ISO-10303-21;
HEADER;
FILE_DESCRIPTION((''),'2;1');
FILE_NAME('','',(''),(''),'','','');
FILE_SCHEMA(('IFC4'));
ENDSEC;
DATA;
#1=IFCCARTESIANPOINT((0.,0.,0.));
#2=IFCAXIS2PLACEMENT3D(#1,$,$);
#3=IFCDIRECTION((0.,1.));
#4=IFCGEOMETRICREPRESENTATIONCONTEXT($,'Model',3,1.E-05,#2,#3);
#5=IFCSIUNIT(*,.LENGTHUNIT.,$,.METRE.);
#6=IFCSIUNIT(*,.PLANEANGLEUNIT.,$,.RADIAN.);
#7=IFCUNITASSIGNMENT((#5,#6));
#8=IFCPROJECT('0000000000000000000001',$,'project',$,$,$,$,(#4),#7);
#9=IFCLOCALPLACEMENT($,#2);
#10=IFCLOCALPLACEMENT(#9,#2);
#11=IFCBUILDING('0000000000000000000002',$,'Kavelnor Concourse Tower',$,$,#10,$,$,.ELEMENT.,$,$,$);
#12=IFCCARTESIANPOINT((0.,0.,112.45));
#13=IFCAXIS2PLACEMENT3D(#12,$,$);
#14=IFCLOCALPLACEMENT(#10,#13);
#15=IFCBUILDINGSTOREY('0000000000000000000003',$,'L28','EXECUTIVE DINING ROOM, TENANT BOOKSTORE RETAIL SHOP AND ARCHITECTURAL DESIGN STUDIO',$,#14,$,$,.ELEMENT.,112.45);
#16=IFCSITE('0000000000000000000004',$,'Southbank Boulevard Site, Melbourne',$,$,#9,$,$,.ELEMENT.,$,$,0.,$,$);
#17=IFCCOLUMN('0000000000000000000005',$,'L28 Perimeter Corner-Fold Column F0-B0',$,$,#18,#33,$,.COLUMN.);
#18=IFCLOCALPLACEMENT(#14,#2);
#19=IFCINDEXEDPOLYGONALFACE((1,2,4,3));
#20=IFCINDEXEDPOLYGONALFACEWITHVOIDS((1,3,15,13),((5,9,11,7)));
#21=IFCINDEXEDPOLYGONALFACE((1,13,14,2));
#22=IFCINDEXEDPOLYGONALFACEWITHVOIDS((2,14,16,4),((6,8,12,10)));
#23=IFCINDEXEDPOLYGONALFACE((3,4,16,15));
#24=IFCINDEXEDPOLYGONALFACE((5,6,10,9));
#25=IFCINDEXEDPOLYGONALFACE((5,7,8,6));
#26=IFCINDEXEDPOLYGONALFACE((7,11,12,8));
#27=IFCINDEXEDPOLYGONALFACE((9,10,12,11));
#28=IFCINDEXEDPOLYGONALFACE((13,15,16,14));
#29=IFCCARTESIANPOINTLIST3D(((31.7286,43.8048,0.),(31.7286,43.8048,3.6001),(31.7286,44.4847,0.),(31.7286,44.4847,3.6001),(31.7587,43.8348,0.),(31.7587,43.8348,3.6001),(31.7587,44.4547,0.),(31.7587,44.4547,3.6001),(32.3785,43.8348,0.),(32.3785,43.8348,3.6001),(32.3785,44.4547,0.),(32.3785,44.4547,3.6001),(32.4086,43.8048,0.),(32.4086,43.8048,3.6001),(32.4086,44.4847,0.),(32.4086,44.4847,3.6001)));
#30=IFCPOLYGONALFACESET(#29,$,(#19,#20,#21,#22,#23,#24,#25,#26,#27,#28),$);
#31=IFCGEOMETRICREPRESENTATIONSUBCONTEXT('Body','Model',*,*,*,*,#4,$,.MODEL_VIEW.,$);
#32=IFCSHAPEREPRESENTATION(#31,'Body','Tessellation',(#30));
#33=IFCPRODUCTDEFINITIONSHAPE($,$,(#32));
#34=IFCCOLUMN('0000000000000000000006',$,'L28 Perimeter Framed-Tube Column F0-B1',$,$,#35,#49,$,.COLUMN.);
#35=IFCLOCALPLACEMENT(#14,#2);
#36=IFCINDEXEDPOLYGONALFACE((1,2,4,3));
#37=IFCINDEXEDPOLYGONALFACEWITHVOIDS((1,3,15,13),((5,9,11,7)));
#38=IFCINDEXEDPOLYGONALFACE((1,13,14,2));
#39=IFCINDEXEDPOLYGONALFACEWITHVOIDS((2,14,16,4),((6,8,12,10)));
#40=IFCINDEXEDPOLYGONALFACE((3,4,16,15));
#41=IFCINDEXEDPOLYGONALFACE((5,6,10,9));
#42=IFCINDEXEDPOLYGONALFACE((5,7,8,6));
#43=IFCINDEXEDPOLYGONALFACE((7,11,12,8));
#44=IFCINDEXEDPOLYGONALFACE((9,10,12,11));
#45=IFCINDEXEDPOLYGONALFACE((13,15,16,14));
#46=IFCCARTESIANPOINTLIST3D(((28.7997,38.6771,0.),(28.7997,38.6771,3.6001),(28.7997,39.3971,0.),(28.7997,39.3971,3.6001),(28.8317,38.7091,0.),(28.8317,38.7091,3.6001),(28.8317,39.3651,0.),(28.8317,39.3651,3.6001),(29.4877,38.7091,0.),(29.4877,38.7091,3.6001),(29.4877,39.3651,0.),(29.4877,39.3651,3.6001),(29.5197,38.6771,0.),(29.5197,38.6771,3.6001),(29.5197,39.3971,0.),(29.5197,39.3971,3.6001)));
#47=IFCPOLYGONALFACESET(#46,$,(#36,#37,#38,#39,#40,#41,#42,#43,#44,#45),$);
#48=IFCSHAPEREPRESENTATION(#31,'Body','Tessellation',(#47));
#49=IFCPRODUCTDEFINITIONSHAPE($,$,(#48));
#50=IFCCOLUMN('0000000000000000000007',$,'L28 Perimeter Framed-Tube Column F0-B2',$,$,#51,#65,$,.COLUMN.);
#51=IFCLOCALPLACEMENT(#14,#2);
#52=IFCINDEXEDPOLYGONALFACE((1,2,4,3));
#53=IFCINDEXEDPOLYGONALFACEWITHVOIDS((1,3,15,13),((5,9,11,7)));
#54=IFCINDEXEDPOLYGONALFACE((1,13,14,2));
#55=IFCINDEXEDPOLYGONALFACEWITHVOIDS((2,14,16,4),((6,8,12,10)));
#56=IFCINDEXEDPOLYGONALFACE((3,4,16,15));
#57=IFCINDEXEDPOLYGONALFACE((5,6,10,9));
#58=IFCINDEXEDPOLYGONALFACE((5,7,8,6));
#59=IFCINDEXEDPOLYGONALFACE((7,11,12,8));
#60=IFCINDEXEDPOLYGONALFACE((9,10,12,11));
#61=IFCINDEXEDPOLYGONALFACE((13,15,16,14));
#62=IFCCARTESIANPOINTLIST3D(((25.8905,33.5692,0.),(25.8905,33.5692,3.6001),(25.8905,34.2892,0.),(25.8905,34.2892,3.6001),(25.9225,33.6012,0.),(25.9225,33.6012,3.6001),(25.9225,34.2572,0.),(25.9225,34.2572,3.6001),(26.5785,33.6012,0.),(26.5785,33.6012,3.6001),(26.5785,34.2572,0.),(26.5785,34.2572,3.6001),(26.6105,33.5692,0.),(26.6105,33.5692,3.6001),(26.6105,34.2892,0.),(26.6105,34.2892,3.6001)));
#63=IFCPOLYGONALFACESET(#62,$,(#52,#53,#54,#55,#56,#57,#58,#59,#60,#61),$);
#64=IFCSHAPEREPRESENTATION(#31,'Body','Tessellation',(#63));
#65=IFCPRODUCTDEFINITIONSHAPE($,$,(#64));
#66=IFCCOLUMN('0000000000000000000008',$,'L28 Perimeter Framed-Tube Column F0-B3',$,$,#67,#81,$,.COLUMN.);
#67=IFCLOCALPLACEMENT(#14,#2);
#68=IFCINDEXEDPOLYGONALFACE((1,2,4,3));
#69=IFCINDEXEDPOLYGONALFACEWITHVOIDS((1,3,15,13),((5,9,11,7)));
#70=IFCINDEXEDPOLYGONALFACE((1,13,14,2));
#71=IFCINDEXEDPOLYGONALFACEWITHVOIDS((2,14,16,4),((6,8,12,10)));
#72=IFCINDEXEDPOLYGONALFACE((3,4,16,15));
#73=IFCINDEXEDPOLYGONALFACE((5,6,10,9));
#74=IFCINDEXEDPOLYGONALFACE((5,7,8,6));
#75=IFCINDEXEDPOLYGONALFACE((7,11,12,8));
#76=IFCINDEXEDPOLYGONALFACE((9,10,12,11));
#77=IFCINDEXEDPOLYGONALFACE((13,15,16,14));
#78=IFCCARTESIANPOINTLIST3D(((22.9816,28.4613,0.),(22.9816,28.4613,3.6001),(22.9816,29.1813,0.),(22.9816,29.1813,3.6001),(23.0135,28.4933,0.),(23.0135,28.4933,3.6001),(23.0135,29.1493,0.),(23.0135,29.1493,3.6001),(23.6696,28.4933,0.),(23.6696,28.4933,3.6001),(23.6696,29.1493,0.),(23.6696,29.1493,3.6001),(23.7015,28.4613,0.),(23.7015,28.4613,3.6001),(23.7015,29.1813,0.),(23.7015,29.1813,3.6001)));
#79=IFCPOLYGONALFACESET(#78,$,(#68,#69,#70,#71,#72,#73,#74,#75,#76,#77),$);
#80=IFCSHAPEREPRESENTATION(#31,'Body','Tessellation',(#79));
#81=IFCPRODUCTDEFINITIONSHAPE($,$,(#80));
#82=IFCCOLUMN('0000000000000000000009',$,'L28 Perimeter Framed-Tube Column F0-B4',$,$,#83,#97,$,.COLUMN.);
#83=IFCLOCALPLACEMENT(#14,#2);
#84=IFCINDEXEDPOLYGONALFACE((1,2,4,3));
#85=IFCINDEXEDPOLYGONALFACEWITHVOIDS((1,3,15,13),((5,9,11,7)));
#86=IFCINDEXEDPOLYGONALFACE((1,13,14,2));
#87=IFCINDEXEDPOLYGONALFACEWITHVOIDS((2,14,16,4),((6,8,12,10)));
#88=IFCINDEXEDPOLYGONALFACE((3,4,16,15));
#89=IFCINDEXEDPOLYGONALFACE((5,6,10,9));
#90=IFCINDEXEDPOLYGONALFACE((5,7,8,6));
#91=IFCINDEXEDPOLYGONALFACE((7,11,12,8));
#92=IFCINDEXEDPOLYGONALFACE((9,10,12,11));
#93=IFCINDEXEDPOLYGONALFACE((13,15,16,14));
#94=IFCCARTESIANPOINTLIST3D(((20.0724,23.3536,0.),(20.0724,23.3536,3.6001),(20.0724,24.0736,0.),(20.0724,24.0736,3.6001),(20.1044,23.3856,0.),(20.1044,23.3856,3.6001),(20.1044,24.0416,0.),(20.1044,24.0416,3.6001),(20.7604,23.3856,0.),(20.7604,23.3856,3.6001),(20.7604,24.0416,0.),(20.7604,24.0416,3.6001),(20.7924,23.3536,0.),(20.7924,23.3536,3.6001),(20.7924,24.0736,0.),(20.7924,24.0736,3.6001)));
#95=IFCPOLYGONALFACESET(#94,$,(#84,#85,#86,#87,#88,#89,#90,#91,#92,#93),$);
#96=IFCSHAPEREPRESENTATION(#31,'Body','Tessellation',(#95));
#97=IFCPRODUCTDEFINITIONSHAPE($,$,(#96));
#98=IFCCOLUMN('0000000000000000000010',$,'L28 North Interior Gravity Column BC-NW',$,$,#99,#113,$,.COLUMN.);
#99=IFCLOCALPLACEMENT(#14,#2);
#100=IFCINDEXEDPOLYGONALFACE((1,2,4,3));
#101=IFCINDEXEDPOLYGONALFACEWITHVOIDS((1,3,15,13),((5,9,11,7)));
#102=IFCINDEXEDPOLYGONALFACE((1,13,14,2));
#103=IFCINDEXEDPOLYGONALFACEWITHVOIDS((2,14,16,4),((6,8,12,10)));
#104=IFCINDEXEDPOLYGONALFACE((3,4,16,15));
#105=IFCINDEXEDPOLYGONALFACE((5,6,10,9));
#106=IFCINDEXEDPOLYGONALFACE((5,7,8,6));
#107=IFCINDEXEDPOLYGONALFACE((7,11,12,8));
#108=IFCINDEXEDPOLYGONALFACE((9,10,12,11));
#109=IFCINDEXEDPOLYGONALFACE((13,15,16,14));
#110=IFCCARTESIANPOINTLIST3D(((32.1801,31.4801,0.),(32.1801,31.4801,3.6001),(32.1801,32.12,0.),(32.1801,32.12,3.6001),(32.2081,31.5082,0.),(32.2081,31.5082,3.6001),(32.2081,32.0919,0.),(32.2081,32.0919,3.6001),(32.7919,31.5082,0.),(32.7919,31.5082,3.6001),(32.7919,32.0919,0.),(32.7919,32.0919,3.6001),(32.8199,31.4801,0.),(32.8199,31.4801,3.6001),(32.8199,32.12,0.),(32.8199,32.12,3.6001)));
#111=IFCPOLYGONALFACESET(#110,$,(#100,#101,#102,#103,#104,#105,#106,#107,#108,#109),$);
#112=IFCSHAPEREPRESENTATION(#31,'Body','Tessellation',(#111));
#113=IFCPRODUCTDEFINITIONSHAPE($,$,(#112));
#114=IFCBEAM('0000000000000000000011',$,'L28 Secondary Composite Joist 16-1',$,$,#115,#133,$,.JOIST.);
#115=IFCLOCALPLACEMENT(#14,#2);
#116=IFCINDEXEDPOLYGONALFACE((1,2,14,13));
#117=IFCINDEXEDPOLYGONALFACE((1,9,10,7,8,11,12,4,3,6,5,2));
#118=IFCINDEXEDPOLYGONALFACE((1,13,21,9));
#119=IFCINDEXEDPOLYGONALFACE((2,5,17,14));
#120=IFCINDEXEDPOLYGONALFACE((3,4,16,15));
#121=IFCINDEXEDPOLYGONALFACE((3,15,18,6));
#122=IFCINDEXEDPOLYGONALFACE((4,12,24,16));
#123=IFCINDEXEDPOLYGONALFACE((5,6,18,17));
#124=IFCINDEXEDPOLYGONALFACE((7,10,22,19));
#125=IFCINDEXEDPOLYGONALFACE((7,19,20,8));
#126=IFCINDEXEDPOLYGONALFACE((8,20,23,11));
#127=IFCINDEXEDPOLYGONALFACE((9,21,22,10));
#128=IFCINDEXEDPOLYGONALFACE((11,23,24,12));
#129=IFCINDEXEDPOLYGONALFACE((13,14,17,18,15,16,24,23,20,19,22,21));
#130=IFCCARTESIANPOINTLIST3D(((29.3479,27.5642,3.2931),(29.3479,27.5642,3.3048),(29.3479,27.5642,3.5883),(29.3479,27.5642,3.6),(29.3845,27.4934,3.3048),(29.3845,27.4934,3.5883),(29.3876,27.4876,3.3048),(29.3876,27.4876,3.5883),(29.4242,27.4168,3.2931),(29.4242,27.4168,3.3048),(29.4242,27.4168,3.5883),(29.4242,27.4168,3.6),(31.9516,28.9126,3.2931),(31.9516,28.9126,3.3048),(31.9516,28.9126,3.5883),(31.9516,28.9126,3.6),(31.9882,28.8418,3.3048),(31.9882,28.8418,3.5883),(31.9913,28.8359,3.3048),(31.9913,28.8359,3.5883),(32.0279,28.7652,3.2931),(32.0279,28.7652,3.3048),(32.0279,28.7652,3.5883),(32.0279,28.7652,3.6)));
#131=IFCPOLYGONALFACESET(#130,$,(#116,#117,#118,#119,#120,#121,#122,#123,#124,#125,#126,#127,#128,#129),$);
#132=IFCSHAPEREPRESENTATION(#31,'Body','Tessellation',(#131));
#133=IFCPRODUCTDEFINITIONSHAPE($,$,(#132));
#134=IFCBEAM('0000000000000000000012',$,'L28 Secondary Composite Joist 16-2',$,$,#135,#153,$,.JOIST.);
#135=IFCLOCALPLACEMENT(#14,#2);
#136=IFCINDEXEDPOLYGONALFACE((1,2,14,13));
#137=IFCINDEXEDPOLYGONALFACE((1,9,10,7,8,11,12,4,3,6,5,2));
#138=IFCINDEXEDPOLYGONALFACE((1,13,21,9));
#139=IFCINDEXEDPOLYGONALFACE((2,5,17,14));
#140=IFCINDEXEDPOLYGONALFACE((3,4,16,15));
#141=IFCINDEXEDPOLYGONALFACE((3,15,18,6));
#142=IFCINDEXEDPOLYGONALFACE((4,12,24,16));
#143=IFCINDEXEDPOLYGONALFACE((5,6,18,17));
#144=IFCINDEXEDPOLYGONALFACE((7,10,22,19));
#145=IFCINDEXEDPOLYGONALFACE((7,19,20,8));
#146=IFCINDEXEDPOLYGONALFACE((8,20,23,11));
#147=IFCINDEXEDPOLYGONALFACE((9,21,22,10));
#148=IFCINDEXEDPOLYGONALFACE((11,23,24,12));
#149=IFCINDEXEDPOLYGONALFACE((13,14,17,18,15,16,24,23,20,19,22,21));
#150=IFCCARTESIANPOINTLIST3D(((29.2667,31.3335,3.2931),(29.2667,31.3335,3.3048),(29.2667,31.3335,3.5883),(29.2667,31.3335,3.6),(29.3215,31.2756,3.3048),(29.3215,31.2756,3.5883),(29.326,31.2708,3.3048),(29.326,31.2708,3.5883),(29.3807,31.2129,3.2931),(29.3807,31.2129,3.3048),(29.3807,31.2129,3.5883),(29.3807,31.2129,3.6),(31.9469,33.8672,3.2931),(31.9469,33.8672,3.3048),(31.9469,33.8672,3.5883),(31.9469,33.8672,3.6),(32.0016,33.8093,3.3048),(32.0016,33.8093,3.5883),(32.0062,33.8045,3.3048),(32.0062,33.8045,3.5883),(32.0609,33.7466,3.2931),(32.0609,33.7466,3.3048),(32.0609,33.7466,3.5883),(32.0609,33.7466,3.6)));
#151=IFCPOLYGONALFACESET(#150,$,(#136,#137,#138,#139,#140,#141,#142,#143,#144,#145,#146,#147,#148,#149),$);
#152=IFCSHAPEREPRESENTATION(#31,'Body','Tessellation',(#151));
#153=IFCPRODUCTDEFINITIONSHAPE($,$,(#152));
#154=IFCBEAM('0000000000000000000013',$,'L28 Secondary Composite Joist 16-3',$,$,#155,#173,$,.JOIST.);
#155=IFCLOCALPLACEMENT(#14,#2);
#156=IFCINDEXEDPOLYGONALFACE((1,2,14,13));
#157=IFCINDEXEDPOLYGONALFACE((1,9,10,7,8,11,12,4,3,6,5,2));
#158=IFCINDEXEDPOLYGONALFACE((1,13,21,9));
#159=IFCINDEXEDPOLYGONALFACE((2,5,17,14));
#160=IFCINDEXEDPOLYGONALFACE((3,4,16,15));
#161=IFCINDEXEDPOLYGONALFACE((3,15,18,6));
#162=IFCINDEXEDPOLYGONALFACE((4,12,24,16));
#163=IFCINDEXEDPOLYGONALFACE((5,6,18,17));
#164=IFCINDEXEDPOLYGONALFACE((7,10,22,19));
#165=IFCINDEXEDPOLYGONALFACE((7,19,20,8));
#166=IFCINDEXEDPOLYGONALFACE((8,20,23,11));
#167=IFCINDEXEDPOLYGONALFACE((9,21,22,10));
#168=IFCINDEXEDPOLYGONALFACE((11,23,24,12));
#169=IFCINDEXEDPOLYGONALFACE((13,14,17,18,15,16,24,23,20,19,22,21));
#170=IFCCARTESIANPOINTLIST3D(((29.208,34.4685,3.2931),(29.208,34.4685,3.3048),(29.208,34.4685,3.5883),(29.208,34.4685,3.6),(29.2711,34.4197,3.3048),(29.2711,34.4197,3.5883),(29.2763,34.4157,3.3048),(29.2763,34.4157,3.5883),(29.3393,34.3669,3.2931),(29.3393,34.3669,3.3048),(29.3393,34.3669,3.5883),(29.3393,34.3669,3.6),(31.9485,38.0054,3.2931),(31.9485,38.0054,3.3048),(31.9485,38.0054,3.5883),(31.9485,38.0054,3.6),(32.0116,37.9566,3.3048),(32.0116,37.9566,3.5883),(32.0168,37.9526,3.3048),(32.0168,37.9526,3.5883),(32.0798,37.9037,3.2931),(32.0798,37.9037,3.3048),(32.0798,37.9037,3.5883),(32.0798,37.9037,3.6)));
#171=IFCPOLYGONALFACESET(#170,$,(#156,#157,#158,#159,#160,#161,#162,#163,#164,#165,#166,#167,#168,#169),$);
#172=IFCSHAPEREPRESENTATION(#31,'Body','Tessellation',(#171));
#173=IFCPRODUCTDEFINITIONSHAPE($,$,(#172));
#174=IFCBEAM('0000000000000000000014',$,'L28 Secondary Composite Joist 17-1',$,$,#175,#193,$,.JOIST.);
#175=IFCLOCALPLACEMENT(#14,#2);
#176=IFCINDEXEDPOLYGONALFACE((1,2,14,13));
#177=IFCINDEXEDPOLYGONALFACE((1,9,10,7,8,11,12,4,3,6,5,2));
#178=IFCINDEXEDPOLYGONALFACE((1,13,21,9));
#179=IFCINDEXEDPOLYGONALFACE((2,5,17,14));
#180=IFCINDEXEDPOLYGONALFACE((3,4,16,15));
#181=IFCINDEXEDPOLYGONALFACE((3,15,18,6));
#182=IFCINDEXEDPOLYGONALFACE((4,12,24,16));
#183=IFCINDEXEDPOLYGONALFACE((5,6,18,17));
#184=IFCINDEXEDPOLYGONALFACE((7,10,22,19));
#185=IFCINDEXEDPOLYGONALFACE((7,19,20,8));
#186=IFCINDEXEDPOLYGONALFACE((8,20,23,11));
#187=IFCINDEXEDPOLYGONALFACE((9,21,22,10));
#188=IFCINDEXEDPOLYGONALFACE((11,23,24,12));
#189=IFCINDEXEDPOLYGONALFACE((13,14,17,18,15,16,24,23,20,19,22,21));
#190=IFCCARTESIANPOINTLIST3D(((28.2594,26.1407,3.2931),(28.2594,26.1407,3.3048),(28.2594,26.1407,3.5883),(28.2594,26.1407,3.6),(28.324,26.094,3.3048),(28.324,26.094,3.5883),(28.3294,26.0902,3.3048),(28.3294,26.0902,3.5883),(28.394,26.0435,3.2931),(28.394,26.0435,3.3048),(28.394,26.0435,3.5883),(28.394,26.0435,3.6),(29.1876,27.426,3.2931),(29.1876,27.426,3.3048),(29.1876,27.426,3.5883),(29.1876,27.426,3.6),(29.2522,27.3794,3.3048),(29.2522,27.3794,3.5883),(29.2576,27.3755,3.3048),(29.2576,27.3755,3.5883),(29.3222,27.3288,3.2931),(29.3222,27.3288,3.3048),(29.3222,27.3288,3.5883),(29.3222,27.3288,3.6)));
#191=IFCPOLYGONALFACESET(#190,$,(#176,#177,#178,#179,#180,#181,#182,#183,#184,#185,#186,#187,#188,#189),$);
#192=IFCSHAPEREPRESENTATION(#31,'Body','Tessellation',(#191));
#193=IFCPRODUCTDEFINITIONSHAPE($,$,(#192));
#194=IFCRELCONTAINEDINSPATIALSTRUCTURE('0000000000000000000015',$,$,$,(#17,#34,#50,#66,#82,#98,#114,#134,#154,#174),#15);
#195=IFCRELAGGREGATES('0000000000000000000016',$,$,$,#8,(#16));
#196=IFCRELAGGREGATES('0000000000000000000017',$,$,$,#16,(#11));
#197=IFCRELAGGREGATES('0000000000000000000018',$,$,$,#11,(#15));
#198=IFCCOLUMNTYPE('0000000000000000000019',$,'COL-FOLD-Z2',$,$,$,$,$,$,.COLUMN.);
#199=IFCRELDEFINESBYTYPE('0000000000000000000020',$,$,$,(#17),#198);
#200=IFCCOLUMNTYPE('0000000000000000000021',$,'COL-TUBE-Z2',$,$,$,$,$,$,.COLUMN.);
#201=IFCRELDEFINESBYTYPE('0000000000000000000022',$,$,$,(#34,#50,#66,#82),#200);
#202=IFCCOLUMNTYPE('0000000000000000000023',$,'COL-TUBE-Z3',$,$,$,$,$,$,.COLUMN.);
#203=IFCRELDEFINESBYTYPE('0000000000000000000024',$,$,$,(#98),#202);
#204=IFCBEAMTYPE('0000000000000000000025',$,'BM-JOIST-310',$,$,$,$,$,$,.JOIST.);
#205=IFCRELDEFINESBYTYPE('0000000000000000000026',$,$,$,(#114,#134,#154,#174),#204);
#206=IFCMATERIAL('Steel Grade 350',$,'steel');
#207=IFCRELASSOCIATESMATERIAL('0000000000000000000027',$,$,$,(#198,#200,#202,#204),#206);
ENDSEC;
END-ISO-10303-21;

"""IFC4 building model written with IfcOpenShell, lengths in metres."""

from ifc_helpers import new_model, si_unit, direction, frame, origin, origin_2d, place, context, subcontext, project, spatial, hollow_rectangle, i_section, extrude, material, material_profile, profile_set, type_object, element, save


model = new_model("IFC4")

# Units and contexts
model_context = context("Model", 3, precision=1e-05, world=origin(), true_north=direction((0.0, 1.0)))
body_context = subcontext(model_context, "Body", "Model", "MODEL_VIEW")
ifc_project = project(units=[si_unit("LENGTHUNIT", "METRE"), si_unit("PLANEANGLEUNIT", "RADIAN")], contexts=[model_context])

# Site, building, storey
site_placement = place(None, origin())
site = spatial("IfcSite", under=ifc_project, at=site_placement, Name="Southbank Boulevard Site, Melbourne", CompositionType="ELEMENT", RefElevation=0.0)
building_placement = place(site_placement, origin())
building = spatial("IfcBuilding", under=site, at=building_placement, Name="Kavelnor Concourse Tower", CompositionType="ELEMENT")
storey_placement = place(building_placement, frame((0.0, 0.0, 112.45)))
storey = spatial("IfcBuildingStorey", under=building, at=storey_placement, Name="L28", Description="EXECUTIVE DINING ROOM, TENANT BOOKSTORE RETAIL SHOP AND ARCHITECTURAL DESIGN STUDIO", CompositionType="ELEMENT", Elevation=112.45)

# Columns
ifc_material_1 = material(Name="Steel Grade 350", Category="steel")
ifc_material_profile_1 = material_profile(ifc_material_1, hollow_rectangle(XDim=0.6799, YDim=0.6799, WallThickness=0.03, at=origin_2d()), Name="SHS 680x680x30")
ifc_profile_set_1 = profile_set([ifc_material_profile_1], Name="Steel Grade 350")
column_type_1 = type_object("IfcColumnType", Name="COL-FOLD-Z2", PredefinedType="COLUMN", material=ifc_profile_set_1)
column_1_placement = place(storey_placement, frame((32.0686, 44.1448, 0.0), z_axis=(0.0, 0.0, 1.0), x_axis=(1.0, 0.0, 0.0)))
element("IfcColumn", 1, at=column_1_placement, inside=storey, type_object=column_type_1, Name="L28 Perimeter Corner-Fold Column F0-B0", PredefinedType="COLUMN", context=body_context, shape_type="SweptSolid", body=[
    extrude(hollow_rectangle(XDim=0.6799, YDim=0.6799, WallThickness=0.03, at=origin_2d()), origin(), (0.0, 0.0, 1.0), 3.6001),
])
ifc_material_profile_2 = material_profile(ifc_material_1, hollow_rectangle(XDim=0.72, YDim=0.72, WallThickness=0.032, at=origin_2d()), Name="SHS 720x720x32")
ifc_profile_set_2 = profile_set([ifc_material_profile_2], Name="Steel Grade 350")
column_type_2 = type_object("IfcColumnType", Name="COL-TUBE-Z2", PredefinedType="COLUMN", material=ifc_profile_set_2)
for number, where, z_axis, x_axis, name in (
    (2, (29.1597, 39.0371, 0.0), (0.0, 0.0, 1.0), (1.0, 0.0, 0.0), "L28 Perimeter Framed-Tube Column F0-B1"),
    (3, (26.2505, 33.9292, 0.0), (0.0, 0.0, 1.0), (1.0, 0.0, 0.0), "L28 Perimeter Framed-Tube Column F0-B2"),
    (4, (23.3416, 28.8213, 0.0), (0.0, 0.0, 1.0), (1.0, 0.0, 0.0), "L28 Perimeter Framed-Tube Column F0-B3"),
    (5, (20.4324, 23.7136, 0.0), (0.0, 0.0, 1.0), (1.0, 0.0, 0.0), "L28 Perimeter Framed-Tube Column F0-B4"),
):
    element("IfcColumn", number, at=place(storey_placement, frame(where, z_axis=z_axis, x_axis=x_axis)), inside=storey, type_object=column_type_2, Name=name, PredefinedType="COLUMN", context=body_context, shape_type="SweptSolid", body=[
        extrude(hollow_rectangle(XDim=0.72, YDim=0.72, WallThickness=0.032, at=origin_2d()), origin(), (0.0, 0.0, 1.0), 3.6001),
    ])
ifc_material_profile_3 = material_profile(ifc_material_1, hollow_rectangle(XDim=0.6399, YDim=0.6399, WallThickness=0.0281, at=origin_2d()), Name="SHS 640x640x28")
ifc_profile_set_3 = profile_set([ifc_material_profile_3], Name="Steel Grade 350")
column_type_3 = type_object("IfcColumnType", Name="COL-TUBE-Z3", PredefinedType="COLUMN", material=ifc_profile_set_3)
column_2_placement = place(storey_placement, frame((32.5, 31.8, 0.0), z_axis=(0.0, 0.0, 1.0), x_axis=(1.0, 0.0, 0.0)))
element("IfcColumn", 6, at=column_2_placement, inside=storey, type_object=column_type_3, Name="L28 North Interior Gravity Column BC-NW", PredefinedType="COLUMN", context=body_context, shape_type="SweptSolid", body=[
    extrude(hollow_rectangle(XDim=0.6399, YDim=0.6399, WallThickness=0.0281, at=origin_2d()), origin(), (0.0, 0.0, 1.0), 3.6001),
])

# Beams
ifc_material_profile_4 = material_profile(ifc_material_1, i_section(OverallWidth=0.166, OverallDepth=0.3069, WebThickness=0.0066, FlangeThickness=0.0117, at=origin_2d()), Name="310UB46")
ifc_profile_set_4 = profile_set([ifc_material_profile_4], Name="Steel Grade 350")
beam_type_1 = type_object("IfcBeamType", Name="BM-JOIST-310", PredefinedType="JOIST", material=ifc_profile_set_4)
beam_1_placement = place(storey_placement, frame((31.9897, 28.8389, 3.4465), z_axis=(-0.887993, -0.459858, 0.0), x_axis=(0.459858, -0.887993, 0.0)))
element("IfcBeam", 7, at=beam_1_placement, inside=storey, type_object=beam_type_1, Name="L28 Secondary Composite Joist 16-1", PredefinedType="JOIST", context=body_context, shape_type="SweptSolid", body=[
    extrude(i_section(OverallWidth=0.166, OverallDepth=0.3069, WebThickness=0.0066, FlangeThickness=0.0117, at=origin_2d()), origin(), (0.0, 0.0, 1.0), 2.9321),
])
beam_2_placement = place(storey_placement, frame((32.0039, 33.8069, 3.4465), z_axis=(-0.726686, -0.686969, 0.0), x_axis=(0.686969, -0.726686, 0.0)))
element("IfcBeam", 8, at=beam_2_placement, inside=storey, type_object=beam_type_1, Name="L28 Secondary Composite Joist 16-2", PredefinedType="JOIST", context=body_context, shape_type="SweptSolid", body=[
    extrude(i_section(OverallWidth=0.166, OverallDepth=0.3069, WebThickness=0.0066, FlangeThickness=0.0117, at=origin_2d()), origin(), (0.0, 0.0, 1.0), 3.6882),
])
beam_3_placement = place(storey_placement, frame((32.0142, 37.9546, 3.4465), z_axis=(-0.612489, -0.790479, 0.0), x_axis=(0.790479, -0.612489, 0.0)))
element("IfcBeam", 9, at=beam_3_placement, inside=storey, type_object=beam_type_1, Name="L28 Secondary Composite Joist 16-3", PredefinedType="JOIST", context=body_context, shape_type="SweptSolid", body=[
    extrude(i_section(OverallWidth=0.166, OverallDepth=0.3069, WebThickness=0.0066, FlangeThickness=0.0117, at=origin_2d()), origin(), (0.0, 0.0, 1.0), 4.4744),
])
beam_4_placement = place(storey_placement, frame((29.2549, 27.3774, 3.4465), z_axis=(-0.58544, -0.810716, 0.0), x_axis=(0.810716, -0.58544, 0.0)))
element("IfcBeam", 10, at=beam_4_placement, inside=storey, type_object=beam_type_1, Name="L28 Secondary Composite Joist 17-1", PredefinedType="JOIST", context=body_context, shape_type="SweptSolid", body=[
    extrude(i_section(OverallWidth=0.166, OverallDepth=0.3069, WebThickness=0.0066, FlangeThickness=0.0117, at=origin_2d()), origin(), (0.0, 0.0, 1.0), 1.5854),
])

save(model, "model.ifc")
